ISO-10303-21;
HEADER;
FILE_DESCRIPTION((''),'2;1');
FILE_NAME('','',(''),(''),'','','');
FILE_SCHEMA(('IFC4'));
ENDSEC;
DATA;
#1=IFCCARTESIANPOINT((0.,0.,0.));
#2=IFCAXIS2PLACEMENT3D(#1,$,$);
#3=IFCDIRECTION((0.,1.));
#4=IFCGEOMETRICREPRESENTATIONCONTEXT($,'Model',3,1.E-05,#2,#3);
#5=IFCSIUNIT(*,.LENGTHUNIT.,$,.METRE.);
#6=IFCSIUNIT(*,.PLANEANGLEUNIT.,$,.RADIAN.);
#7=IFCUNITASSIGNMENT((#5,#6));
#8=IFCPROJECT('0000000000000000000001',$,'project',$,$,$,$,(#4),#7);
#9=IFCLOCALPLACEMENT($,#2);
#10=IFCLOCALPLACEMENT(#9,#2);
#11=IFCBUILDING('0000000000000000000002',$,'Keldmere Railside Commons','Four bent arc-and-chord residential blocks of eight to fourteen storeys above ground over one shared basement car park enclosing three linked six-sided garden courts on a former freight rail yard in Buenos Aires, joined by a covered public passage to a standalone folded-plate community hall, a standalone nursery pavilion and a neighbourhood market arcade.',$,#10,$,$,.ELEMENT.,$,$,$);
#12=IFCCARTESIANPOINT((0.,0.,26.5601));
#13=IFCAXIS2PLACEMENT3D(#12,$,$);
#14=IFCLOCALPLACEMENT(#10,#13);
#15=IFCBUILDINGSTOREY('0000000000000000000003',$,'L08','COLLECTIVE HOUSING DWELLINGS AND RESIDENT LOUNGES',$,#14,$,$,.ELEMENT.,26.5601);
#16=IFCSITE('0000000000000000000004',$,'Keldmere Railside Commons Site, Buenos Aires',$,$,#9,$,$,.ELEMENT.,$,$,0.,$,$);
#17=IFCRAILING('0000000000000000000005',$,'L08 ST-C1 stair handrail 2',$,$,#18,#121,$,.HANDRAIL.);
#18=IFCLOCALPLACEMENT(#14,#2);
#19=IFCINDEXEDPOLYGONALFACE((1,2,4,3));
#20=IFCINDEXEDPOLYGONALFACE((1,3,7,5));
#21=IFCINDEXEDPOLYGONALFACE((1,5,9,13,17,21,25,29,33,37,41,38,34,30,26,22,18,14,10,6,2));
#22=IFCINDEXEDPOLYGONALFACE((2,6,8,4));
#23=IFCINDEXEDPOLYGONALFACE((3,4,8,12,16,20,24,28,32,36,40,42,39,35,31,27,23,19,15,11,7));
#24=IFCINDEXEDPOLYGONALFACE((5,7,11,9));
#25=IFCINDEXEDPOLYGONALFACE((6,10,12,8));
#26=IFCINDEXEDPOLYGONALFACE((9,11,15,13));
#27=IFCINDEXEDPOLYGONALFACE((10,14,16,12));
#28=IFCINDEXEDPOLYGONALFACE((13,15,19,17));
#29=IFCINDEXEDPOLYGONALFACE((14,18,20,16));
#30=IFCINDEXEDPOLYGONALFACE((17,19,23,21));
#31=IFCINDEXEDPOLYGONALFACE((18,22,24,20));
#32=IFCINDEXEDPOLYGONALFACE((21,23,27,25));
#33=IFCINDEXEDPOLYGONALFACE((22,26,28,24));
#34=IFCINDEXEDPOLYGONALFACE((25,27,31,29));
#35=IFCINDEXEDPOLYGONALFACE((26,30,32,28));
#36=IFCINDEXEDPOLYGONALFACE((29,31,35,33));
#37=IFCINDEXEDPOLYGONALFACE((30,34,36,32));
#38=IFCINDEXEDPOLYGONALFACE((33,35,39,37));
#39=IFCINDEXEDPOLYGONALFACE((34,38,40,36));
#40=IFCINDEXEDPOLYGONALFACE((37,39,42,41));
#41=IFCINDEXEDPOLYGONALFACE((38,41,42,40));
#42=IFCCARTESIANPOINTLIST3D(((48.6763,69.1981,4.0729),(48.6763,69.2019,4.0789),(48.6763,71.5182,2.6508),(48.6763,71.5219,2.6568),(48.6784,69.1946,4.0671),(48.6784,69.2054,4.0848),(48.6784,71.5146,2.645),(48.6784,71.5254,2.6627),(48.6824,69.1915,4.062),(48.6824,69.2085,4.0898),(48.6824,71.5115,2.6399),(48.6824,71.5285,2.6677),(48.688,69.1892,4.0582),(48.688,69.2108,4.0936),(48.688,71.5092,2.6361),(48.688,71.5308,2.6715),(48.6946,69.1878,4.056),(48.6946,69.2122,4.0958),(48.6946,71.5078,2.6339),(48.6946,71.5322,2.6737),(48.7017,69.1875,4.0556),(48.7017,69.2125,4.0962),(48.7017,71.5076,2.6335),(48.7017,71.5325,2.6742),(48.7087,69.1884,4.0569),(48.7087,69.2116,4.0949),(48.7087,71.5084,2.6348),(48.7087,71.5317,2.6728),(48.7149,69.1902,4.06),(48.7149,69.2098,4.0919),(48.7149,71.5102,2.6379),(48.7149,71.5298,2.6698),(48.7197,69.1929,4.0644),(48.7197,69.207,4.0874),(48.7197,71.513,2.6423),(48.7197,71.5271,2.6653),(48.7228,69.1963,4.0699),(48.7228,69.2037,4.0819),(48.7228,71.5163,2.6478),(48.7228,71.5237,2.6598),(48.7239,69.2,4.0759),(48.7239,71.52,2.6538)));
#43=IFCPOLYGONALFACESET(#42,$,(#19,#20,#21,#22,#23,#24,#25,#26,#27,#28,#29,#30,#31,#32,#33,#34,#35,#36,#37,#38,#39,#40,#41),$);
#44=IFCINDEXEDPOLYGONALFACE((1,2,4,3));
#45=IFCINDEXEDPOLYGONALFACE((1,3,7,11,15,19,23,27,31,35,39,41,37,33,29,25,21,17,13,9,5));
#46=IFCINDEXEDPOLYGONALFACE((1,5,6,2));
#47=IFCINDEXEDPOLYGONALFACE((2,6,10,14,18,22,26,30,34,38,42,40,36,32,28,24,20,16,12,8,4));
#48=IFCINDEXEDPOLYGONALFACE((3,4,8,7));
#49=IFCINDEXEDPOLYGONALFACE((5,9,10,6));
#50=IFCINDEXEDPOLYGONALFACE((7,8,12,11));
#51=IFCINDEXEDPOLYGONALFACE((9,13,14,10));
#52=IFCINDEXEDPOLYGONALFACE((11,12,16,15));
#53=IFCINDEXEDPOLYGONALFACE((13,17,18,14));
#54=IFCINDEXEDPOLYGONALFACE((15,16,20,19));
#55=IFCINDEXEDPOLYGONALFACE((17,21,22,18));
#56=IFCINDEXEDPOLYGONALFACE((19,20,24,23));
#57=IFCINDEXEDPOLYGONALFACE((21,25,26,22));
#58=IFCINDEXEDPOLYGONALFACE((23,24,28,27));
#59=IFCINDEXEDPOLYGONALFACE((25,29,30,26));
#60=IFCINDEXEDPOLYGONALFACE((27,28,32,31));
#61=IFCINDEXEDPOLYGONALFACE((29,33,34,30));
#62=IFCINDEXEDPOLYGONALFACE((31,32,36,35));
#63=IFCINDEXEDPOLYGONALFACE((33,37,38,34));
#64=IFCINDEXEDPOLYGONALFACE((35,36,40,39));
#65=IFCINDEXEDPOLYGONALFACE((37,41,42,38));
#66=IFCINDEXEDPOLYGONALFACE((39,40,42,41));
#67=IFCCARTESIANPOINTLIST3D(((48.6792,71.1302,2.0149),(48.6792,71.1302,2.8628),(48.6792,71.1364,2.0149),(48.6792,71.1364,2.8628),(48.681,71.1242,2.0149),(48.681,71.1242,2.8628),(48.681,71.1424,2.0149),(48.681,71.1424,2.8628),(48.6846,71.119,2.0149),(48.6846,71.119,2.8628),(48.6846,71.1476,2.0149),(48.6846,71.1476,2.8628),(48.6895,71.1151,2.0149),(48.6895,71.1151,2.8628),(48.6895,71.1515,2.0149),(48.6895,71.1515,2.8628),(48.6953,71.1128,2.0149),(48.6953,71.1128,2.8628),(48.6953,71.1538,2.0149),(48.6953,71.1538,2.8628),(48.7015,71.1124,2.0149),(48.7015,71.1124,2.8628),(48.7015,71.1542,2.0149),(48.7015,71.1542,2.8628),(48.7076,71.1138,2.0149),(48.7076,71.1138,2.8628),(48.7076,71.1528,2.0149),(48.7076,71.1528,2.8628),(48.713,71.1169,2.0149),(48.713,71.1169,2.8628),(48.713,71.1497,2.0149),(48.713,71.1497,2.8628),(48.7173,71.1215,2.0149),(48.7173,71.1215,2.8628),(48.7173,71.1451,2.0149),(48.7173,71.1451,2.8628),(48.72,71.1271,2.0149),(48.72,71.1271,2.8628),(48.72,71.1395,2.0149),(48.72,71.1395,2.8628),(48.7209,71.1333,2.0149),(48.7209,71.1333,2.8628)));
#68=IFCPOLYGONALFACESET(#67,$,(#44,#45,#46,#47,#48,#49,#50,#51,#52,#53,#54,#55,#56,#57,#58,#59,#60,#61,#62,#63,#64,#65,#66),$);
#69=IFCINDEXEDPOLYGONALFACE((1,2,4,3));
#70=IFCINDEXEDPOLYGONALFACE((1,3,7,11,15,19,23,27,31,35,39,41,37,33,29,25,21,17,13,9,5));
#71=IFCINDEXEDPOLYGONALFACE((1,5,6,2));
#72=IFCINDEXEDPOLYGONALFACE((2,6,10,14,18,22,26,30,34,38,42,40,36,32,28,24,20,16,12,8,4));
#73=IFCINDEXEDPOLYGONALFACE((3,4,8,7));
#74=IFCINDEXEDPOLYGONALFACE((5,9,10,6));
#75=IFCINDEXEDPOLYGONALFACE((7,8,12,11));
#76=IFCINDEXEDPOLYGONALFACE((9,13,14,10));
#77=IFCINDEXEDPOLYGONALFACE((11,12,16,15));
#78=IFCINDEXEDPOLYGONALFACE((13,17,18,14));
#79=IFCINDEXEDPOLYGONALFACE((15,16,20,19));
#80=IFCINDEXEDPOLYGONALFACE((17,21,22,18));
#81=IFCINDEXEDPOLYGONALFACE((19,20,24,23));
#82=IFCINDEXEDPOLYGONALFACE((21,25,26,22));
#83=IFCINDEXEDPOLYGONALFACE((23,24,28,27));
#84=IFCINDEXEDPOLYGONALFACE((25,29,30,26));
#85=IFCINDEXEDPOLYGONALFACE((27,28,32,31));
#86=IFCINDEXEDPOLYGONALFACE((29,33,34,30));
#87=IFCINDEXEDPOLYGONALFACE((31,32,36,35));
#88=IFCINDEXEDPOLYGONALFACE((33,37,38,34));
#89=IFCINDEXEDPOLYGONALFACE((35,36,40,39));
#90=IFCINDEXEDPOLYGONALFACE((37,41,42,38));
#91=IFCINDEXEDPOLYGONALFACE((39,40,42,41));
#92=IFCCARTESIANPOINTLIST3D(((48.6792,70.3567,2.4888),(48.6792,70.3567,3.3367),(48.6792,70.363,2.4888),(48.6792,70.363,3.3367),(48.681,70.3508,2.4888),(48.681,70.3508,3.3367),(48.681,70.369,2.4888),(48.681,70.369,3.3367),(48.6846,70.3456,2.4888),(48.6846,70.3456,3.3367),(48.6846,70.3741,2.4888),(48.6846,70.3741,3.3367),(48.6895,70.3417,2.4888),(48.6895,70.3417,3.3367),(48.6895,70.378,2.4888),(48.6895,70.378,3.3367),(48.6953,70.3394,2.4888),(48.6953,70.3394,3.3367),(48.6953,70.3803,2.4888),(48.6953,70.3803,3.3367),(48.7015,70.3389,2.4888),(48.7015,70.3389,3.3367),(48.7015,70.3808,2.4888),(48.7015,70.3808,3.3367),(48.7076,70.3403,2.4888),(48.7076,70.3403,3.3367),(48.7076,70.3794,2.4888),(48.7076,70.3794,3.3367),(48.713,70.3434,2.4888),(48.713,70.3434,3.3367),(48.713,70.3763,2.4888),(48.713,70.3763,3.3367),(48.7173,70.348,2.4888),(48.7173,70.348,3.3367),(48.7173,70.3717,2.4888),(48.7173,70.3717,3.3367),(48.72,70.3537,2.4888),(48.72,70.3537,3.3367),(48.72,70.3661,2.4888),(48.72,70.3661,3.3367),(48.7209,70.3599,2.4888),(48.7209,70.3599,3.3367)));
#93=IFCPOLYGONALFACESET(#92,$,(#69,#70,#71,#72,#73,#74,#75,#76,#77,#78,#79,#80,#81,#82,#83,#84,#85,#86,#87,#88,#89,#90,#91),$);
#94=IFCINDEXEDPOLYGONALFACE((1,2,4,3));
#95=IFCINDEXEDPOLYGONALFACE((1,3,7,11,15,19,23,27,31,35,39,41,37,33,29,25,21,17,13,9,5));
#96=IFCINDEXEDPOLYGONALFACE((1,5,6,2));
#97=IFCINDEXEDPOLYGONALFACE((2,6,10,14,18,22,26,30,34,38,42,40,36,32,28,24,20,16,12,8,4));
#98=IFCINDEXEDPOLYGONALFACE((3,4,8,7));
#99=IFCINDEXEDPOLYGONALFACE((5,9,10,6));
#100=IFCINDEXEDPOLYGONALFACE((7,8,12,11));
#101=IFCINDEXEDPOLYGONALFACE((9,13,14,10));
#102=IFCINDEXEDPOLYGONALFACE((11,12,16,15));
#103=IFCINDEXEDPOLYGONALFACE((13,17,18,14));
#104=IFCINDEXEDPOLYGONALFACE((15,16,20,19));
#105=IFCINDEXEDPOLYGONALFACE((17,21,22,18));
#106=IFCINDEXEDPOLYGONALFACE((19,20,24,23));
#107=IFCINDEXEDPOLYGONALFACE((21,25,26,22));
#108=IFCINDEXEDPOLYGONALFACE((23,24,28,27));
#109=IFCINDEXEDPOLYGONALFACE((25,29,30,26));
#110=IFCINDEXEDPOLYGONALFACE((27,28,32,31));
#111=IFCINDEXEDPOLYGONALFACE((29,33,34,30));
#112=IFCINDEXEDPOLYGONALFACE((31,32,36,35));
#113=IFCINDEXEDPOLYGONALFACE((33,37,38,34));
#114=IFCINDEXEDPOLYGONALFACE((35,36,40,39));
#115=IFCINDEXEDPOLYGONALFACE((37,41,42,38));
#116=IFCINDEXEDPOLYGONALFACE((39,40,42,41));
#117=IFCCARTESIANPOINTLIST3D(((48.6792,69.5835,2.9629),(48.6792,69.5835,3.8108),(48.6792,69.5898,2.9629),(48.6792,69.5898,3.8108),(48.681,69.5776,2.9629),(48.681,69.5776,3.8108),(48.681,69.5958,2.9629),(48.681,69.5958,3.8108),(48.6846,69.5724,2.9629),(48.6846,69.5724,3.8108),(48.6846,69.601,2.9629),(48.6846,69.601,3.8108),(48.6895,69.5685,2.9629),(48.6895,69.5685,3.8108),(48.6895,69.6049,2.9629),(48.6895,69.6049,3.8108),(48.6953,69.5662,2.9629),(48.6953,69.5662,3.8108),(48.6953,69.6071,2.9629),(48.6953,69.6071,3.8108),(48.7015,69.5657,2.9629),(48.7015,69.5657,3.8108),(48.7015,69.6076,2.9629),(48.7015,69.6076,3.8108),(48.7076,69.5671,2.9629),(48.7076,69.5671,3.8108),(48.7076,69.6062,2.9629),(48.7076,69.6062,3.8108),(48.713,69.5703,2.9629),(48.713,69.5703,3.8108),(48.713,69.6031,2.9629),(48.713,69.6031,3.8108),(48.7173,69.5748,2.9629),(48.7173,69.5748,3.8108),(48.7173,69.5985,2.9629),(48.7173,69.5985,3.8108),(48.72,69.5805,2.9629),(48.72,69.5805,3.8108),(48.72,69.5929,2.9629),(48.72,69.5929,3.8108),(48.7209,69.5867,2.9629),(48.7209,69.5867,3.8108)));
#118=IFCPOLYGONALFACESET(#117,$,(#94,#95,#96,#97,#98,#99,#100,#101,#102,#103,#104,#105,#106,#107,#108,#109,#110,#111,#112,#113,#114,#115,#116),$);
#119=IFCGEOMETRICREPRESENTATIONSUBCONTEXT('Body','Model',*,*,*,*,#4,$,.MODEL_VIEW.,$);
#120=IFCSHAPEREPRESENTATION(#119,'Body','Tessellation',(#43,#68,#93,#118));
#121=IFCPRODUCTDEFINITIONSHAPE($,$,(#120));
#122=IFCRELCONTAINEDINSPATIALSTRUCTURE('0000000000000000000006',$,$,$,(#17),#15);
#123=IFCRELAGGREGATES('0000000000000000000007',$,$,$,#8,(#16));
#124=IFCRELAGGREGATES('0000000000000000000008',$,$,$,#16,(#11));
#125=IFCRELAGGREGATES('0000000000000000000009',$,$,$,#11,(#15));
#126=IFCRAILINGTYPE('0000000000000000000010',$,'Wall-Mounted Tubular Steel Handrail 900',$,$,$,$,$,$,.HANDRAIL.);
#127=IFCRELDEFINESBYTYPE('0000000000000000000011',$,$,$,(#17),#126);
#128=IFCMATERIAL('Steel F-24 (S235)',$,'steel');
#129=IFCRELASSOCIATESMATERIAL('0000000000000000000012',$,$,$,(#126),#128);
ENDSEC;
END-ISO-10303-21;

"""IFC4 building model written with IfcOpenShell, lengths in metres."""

from ifc_helpers import new_model, si_unit, direction, frame, origin, origin_2d, place, context, subcontext, project, spatial, circle, extrude, material, type_object, element, save


model = new_model("IFC4")

# Units and contexts
model_context = context("Model", 3, precision=1e-05, world=origin(), true_north=direction((0.0, 1.0)))
body_context = subcontext(model_context, "Body", "Model", "MODEL_VIEW")
ifc_project = project(units=[si_unit("LENGTHUNIT", "METRE"), si_unit("PLANEANGLEUNIT", "RADIAN")], contexts=[model_context])

# Site, building, storey
site_placement = place(None, origin())
site = spatial("IfcSite", under=ifc_project, at=site_placement, Name="Keldmere Railside Commons Site, Buenos Aires", CompositionType="ELEMENT", RefElevation=0.0)
building_placement = place(site_placement, origin())
building = spatial("IfcBuilding", under=site, at=building_placement, Name="Keldmere Railside Commons", Description="Four bent arc-and-chord residential blocks of eight to fourteen storeys above ground over one shared basement car park enclosing three linked six-sided garden courts on a former freight rail yard in Buenos Aires, joined by a covered public passage to a standalone folded-plate community hall, a standalone nursery pavilion and a neighbourhood market arcade.", CompositionType="ELEMENT")
storey_placement = place(building_placement, frame((0.0, 0.0, 26.5601)))
storey = spatial("IfcBuildingStorey", under=building, at=storey_placement, Name="L08", Description="COLLECTIVE HOUSING DWELLINGS AND RESIDENT LOUNGES", CompositionType="ELEMENT", Elevation=26.5601)

# Shared definitions
ifc_material_1 = material(Name="Steel F-24 (S235)", Category="steel")

# Railing
railing_type_1 = type_object("IfcRailingType", Name="Wall-Mounted Tubular Steel Handrail 900", PredefinedType="HANDRAIL", material=ifc_material_1)
railing_1_placement = place(storey_placement, frame((48.7, 71.52, 1.7778)))
element("IfcRailing", 1, at=railing_1_placement, inside=storey, type_object=railing_type_1, Name="L08 ST-C1 stair handrail 2", PredefinedType="HANDRAIL", context=body_context, shape_type="SweptSolid", body=[
    extrude(circle(Radius=0.0239, at=origin_2d()), frame((0.0, 0.0, 0.876), z_axis=(0.0, -0.852578, 0.5226), x_axis=(1.0, 0.0, 0.0)), (0.0, 0.0, 1.0), 2.7212),
    extrude(circle(Radius=0.021, at=origin_2d()), frame((0.0, -0.3867, 0.2371)), (0.0, 0.0, 1.0), 0.8479),
    extrude(circle(Radius=0.021, at=origin_2d()), frame((0.0, -1.1602, 0.7109)), (0.0, 0.0, 1.0), 0.8479),
    extrude(circle(Radius=0.021, at=origin_2d()), frame((0.0, -1.9333, 1.1851)), (0.0, 0.0, 1.0), 0.8479),
])

save(model, "model.ifc")
